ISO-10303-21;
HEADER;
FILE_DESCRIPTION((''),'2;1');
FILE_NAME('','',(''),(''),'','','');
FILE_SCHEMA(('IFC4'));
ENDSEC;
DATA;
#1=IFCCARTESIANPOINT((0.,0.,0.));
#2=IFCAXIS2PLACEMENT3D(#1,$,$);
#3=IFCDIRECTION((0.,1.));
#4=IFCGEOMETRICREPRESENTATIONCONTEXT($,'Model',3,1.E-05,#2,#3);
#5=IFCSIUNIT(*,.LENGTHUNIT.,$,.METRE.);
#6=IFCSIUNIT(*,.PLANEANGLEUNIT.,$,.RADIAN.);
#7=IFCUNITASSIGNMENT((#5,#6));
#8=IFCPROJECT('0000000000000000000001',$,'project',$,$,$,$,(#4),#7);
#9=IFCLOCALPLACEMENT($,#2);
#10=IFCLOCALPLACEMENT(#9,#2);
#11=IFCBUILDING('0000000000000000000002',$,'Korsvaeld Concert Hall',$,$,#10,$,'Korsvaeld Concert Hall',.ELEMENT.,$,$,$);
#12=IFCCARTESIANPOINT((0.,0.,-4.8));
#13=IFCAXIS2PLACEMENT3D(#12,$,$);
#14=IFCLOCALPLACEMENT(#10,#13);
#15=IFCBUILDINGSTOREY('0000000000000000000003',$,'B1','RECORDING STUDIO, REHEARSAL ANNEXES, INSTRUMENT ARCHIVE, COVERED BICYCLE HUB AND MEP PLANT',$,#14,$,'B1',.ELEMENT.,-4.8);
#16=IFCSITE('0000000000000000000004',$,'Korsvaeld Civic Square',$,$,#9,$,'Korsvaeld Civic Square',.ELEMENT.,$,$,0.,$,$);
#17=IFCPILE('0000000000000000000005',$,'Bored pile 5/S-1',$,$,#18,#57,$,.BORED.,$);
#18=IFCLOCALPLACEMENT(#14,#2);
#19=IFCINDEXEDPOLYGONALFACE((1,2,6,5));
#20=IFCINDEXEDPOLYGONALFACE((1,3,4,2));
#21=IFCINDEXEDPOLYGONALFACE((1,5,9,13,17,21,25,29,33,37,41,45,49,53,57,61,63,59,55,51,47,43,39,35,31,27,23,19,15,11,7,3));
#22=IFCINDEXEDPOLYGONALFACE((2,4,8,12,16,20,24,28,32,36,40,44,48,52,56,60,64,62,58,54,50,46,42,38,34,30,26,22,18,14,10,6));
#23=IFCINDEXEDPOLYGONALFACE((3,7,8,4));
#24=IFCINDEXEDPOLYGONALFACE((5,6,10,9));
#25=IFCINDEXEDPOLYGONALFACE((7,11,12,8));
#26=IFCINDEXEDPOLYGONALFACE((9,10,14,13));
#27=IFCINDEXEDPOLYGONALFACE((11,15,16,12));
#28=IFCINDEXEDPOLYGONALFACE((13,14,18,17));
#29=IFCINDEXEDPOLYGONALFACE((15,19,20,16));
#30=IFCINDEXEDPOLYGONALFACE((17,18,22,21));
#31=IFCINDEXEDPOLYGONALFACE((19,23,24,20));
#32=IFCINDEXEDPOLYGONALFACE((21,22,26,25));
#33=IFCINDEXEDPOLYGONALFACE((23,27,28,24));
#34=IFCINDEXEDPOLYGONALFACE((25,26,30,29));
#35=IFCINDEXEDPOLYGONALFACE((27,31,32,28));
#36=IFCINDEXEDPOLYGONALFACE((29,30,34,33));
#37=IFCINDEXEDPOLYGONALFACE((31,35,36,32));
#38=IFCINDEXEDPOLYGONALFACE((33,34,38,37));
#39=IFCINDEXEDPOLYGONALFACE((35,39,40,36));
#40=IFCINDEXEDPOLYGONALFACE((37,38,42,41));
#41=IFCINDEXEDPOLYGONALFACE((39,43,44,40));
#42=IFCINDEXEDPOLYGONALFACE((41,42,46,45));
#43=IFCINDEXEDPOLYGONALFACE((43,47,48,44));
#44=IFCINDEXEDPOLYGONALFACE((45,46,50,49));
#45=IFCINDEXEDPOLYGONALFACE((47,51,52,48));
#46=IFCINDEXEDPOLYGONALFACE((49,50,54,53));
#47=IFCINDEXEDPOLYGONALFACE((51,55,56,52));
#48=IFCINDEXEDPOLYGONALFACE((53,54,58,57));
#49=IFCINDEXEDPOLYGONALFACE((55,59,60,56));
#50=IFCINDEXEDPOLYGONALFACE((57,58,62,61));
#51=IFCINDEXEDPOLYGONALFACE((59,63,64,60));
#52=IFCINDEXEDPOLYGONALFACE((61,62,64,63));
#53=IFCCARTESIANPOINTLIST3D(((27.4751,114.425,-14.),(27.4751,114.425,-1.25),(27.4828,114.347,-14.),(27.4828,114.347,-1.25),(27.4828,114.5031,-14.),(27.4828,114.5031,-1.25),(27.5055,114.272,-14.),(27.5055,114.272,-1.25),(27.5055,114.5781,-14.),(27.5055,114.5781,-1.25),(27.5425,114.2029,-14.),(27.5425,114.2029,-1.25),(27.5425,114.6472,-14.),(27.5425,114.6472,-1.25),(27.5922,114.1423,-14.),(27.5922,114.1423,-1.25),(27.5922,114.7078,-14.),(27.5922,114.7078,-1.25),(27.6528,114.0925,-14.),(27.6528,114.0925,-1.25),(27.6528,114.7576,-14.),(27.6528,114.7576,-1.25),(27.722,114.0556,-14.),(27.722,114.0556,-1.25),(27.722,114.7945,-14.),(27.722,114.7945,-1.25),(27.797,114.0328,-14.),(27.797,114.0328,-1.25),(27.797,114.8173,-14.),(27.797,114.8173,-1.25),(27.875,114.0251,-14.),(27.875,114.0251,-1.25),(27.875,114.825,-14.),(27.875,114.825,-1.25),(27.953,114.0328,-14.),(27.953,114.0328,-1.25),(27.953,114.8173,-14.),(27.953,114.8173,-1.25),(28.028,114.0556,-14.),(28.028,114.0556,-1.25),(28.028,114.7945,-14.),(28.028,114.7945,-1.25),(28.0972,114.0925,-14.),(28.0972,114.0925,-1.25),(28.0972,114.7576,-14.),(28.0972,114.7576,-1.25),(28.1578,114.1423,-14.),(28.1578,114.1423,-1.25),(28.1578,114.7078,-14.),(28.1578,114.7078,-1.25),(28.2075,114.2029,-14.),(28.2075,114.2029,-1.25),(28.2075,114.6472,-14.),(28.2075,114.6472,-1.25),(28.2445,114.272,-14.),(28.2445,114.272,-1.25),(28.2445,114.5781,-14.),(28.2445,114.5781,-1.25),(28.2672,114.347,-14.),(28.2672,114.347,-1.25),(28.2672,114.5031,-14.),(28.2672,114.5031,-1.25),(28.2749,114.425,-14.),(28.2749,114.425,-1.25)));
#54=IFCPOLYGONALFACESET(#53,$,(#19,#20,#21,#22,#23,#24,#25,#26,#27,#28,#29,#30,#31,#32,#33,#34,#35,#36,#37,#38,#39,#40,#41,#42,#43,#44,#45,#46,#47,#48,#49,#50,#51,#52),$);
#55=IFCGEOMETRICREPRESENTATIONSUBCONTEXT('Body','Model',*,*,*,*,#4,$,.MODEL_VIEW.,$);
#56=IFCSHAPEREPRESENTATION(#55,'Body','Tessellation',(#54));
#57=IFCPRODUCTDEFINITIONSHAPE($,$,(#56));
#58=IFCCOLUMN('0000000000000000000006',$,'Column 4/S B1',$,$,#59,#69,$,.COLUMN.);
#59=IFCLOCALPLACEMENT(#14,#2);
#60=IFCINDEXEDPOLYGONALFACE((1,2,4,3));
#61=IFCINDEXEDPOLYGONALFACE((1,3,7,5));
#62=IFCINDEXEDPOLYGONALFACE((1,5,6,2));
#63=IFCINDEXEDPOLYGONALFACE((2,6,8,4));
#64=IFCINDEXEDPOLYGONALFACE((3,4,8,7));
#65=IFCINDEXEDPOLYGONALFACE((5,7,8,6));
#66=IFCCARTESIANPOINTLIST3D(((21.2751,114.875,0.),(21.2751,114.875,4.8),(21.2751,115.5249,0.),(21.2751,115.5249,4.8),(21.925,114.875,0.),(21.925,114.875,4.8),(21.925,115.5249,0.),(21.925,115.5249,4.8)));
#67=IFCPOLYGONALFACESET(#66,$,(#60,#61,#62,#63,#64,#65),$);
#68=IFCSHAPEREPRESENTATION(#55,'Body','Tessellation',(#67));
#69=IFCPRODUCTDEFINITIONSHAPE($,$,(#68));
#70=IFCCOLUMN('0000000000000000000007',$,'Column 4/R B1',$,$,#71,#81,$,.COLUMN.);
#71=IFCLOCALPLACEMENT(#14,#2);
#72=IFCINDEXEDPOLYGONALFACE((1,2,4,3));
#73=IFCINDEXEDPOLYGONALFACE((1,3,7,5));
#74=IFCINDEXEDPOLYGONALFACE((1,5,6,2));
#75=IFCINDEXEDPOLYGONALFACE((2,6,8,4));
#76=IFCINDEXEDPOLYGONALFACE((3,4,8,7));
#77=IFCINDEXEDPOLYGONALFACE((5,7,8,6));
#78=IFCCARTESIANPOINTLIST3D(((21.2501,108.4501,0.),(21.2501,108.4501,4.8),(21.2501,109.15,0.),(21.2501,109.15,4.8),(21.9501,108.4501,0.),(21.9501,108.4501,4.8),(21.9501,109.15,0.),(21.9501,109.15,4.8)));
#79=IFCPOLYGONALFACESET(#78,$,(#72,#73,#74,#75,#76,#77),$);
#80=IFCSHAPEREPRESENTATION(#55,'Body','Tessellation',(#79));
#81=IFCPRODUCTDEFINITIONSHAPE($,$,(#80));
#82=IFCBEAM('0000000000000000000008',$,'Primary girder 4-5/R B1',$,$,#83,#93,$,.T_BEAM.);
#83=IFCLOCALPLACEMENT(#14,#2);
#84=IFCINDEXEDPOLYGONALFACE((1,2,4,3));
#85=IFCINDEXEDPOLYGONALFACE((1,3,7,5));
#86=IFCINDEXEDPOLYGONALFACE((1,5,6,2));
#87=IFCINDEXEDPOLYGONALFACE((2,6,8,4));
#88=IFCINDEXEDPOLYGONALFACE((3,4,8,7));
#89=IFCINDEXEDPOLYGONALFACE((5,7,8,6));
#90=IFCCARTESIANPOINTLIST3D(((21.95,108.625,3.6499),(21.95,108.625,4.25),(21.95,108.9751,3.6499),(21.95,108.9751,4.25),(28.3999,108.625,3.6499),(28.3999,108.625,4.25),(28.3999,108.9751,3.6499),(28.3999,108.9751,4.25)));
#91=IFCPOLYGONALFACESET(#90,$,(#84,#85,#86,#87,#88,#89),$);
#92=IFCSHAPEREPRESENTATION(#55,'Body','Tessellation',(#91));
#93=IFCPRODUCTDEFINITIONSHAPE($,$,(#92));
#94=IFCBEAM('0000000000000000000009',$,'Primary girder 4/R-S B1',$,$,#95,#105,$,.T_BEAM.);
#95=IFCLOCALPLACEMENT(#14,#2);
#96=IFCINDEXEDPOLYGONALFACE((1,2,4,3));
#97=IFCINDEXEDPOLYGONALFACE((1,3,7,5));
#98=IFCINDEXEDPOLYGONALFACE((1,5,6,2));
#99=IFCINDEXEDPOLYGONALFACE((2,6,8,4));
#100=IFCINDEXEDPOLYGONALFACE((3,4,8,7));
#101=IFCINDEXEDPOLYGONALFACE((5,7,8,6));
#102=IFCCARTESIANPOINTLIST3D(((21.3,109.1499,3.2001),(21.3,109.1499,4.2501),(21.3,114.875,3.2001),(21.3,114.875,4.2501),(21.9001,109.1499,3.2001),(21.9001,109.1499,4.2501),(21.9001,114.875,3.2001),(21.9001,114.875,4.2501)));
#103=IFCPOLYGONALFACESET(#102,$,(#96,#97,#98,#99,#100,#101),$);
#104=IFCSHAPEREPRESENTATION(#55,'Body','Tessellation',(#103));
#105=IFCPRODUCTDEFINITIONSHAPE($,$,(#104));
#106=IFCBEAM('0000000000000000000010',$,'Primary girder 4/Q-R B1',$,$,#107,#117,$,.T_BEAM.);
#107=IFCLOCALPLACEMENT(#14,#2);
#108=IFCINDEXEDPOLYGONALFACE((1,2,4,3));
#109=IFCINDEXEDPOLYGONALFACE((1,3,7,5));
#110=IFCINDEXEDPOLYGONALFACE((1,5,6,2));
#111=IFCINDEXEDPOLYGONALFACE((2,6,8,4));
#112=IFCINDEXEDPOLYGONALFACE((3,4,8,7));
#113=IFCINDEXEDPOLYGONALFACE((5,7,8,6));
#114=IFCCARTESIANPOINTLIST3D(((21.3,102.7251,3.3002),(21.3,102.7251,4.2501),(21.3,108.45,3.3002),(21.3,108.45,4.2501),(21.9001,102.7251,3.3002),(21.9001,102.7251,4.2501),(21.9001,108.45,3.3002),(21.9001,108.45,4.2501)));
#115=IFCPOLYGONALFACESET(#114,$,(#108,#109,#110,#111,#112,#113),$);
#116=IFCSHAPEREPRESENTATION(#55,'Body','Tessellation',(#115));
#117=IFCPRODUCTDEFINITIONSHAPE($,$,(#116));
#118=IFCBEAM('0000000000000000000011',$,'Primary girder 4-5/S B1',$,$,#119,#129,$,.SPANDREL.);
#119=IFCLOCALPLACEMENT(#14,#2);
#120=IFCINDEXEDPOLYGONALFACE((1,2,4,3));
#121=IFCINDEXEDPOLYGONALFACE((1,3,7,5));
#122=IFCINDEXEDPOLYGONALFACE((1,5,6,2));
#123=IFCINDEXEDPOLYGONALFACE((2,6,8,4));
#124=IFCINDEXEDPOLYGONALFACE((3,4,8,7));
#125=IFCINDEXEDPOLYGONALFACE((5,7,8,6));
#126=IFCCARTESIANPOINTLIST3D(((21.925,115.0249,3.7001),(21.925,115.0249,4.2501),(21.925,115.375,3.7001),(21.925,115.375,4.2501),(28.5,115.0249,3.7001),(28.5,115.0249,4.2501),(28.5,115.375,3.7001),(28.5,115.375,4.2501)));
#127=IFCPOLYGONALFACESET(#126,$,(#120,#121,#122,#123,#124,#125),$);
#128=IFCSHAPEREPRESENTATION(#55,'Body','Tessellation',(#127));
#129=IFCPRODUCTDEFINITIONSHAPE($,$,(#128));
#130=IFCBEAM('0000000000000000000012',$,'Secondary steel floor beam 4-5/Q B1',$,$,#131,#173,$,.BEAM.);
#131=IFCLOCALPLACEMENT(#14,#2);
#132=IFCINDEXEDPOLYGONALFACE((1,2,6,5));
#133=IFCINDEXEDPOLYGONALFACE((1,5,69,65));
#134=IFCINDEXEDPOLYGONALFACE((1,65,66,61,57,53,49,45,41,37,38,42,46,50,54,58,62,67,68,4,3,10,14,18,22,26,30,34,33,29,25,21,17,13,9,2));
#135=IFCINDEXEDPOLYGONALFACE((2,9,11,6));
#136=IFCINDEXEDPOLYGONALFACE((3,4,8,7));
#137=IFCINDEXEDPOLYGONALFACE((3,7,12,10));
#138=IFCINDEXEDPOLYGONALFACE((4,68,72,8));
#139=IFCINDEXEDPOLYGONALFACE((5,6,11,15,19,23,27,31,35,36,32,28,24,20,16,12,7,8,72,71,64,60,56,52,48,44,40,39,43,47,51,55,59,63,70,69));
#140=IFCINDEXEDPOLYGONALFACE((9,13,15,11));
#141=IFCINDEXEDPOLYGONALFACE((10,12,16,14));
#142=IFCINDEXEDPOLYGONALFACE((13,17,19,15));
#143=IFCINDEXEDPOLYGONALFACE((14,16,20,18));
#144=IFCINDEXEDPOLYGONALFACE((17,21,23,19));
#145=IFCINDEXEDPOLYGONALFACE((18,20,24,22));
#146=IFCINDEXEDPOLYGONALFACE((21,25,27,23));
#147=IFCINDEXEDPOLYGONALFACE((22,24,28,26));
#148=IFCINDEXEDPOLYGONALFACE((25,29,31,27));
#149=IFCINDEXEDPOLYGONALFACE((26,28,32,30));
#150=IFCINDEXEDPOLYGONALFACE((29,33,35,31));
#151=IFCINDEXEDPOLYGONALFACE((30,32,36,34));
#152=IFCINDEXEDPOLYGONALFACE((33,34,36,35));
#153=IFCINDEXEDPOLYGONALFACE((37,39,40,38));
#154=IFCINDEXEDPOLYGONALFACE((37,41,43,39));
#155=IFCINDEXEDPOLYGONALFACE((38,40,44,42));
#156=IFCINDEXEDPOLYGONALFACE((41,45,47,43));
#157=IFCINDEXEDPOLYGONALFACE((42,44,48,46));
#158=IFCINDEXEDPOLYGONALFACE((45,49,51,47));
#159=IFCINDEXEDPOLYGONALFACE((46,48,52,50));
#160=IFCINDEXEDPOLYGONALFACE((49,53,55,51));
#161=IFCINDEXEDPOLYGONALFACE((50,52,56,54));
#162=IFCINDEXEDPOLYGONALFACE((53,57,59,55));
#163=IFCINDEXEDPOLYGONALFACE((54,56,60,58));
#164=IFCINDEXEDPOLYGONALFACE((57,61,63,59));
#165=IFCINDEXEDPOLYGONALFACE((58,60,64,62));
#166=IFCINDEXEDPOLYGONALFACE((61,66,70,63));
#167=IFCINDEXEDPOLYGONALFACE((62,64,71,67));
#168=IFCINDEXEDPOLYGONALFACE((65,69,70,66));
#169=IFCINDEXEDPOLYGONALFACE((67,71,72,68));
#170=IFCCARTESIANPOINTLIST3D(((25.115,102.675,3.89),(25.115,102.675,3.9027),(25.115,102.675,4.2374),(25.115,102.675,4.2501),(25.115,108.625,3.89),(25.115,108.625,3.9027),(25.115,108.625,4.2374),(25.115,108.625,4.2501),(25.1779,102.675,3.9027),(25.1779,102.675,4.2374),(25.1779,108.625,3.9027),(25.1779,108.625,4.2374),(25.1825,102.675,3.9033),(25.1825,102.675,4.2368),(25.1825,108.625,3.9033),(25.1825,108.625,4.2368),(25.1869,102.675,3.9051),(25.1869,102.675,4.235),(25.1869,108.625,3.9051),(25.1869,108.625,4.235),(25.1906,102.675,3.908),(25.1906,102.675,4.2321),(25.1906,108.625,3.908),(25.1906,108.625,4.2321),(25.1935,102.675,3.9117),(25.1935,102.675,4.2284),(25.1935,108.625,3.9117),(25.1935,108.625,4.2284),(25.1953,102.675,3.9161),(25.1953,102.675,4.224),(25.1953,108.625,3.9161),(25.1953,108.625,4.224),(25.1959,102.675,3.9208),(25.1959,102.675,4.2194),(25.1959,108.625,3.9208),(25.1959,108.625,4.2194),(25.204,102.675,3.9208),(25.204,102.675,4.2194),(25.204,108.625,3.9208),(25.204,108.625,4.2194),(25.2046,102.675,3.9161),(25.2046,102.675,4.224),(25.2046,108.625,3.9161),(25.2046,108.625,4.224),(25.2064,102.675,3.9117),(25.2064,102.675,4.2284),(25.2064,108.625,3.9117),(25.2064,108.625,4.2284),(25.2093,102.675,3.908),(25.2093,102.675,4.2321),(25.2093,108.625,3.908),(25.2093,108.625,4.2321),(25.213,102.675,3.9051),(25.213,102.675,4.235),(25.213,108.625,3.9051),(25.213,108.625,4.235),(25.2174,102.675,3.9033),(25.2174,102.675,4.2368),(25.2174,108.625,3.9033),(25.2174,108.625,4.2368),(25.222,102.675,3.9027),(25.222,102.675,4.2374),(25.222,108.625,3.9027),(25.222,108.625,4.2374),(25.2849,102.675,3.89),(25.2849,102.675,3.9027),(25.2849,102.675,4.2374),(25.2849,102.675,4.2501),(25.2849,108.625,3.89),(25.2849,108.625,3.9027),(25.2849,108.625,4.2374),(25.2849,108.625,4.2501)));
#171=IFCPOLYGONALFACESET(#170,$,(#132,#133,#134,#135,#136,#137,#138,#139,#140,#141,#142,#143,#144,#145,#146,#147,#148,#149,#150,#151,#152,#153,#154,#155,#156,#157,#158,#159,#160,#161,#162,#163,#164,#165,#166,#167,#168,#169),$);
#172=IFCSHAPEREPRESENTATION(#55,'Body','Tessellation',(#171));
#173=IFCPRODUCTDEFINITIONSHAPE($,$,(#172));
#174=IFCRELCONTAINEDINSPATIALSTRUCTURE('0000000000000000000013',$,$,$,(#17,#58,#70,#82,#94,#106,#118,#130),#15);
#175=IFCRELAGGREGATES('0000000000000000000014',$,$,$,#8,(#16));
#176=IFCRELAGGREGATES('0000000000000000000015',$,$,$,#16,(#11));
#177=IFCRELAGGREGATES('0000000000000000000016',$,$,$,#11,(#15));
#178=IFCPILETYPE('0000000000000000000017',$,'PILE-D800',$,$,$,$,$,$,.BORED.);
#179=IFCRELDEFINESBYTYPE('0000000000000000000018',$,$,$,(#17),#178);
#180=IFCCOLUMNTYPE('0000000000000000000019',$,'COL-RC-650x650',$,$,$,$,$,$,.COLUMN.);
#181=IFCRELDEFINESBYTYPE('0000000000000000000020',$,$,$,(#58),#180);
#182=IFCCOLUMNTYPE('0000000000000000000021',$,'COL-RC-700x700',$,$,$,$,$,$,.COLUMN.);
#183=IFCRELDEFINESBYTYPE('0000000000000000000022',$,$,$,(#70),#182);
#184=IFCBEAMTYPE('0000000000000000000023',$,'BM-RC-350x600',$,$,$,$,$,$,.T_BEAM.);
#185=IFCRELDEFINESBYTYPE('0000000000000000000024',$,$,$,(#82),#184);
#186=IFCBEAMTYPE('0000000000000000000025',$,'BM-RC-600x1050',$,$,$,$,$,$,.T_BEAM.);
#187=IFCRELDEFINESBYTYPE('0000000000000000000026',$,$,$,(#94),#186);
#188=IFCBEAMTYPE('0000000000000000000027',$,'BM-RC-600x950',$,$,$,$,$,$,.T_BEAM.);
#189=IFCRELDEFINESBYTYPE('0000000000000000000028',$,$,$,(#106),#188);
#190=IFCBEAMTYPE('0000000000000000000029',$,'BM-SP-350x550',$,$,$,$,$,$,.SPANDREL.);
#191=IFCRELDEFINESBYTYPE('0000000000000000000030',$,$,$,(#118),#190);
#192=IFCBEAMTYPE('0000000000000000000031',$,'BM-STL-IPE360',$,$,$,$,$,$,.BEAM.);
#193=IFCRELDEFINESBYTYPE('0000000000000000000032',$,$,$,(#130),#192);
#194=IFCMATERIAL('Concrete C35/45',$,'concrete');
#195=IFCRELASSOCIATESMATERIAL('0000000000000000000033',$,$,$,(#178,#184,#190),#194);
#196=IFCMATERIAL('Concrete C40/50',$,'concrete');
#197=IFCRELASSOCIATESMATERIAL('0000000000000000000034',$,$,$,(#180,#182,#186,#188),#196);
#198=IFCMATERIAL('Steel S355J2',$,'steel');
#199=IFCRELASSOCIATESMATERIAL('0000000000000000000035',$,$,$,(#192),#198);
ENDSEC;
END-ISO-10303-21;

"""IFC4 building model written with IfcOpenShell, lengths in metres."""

from ifc_helpers import new_model, si_unit, direction, frame, origin, origin_2d, place, context, subcontext, project, spatial, rectangle, circle, i_section, extrude, material, material_profile, profile_set, type_object, element, save


model = new_model("IFC4")

# Units and contexts
model_context = context("Model", 3, precision=1e-05, world=origin(), true_north=direction((0.0, 1.0)))
body_context = subcontext(model_context, "Body", "Model", "MODEL_VIEW")
ifc_project = project(units=[si_unit("LENGTHUNIT", "METRE"), si_unit("PLANEANGLEUNIT", "RADIAN")], contexts=[model_context])

# Site, building, storey
site_placement = place(None, origin())
site = spatial("IfcSite", under=ifc_project, at=site_placement, Name="Korsvaeld Civic Square", LongName="Korsvaeld Civic Square", CompositionType="ELEMENT", RefElevation=0.0)
building_placement = place(site_placement, origin())
building = spatial("IfcBuilding", under=site, at=building_placement, Name="Korsvaeld Concert Hall", LongName="Korsvaeld Concert Hall", CompositionType="ELEMENT")
storey_placement = place(building_placement, frame((0.0, 0.0, -4.8)))
storey = spatial("IfcBuildingStorey", under=building, at=storey_placement, Name="B1", Description="RECORDING STUDIO, REHEARSAL ANNEXES, INSTRUMENT ARCHIVE, COVERED BICYCLE HUB AND MEP PLANT", LongName="B1", CompositionType="ELEMENT", Elevation=-4.8)

# Shared definitions
ifc_material_1 = material(Name="Concrete C35/45", Category="concrete")

# Pile
ifc_material_profile_1 = material_profile(ifc_material_1, circle(Radius=0.3999, at=origin_2d()), Name="BORED PILE D800")
ifc_profile_set_1 = profile_set([ifc_material_profile_1], Name="Concrete C35/45")
pile_type_1 = type_object("IfcPileType", Name="PILE-D800", PredefinedType="BORED", material=ifc_profile_set_1)
pile_placement = place(storey_placement, frame((27.875, 114.425, -1.25), z_axis=(0.0, 0.0, -1.0), x_axis=(1.0, 0.0, 0.0)))
element("IfcPile", 1, at=pile_placement, inside=storey, type_object=pile_type_1, Name="Bored pile 5/S-1", PredefinedType="BORED", context=body_context, shape_type="SweptSolid", body=[
    extrude(circle(Radius=0.3999, at=origin_2d()), origin(), (0.0, 0.0, 1.0), 12.75),
])

# Columns
ifc_material_2 = material(Name="Concrete C40/50", Category="concrete")
ifc_material_profile_2 = material_profile(ifc_material_2, rectangle(XDim=0.6499, YDim=0.6499, at=origin_2d()), Name="RC 650x650")
ifc_profile_set_2 = profile_set([ifc_material_profile_2], Name="Concrete C40/50")
column_type_1 = type_object("IfcColumnType", Name="COL-RC-650x650", PredefinedType="COLUMN", material=ifc_profile_set_2)
column_1_placement = place(storey_placement, frame((21.6001, 115.2, 0.0), z_axis=(0.0, 0.0, 1.0), x_axis=(1.0, 0.0, 0.0)))
element("IfcColumn", 2, at=column_1_placement, inside=storey, type_object=column_type_1, Name="Column 4/S B1", PredefinedType="COLUMN", context=body_context, shape_type="SweptSolid", body=[
    extrude(rectangle(XDim=0.6499, YDim=0.6499, at=origin_2d()), origin(), (0.0, 0.0, 1.0), 4.8),
])
ifc_material_profile_3 = material_profile(ifc_material_2, rectangle(XDim=0.7, YDim=0.7, at=origin_2d()), Name="RC 700x700")
ifc_profile_set_3 = profile_set([ifc_material_profile_3], Name="Concrete C40/50")
column_type_2 = type_object("IfcColumnType", Name="COL-RC-700x700", PredefinedType="COLUMN", material=ifc_profile_set_3)
column_2_placement = place(storey_placement, frame((21.6001, 108.8, 0.0), z_axis=(0.0, 0.0, 1.0), x_axis=(1.0, 0.0, 0.0)))
element("IfcColumn", 3, at=column_2_placement, inside=storey, type_object=column_type_2, Name="Column 4/R B1", PredefinedType="COLUMN", context=body_context, shape_type="SweptSolid", body=[
    extrude(rectangle(XDim=0.7, YDim=0.7, at=origin_2d()), origin(), (0.0, 0.0, 1.0), 4.8),
])

# Beams
ifc_material_profile_4 = material_profile(ifc_material_1, rectangle(XDim=0.3501, YDim=0.6001, at=origin_2d()), Name="RC 350x600")
ifc_profile_set_4 = profile_set([ifc_material_profile_4], Name="Concrete C35/45")
beam_type_1 = type_object("IfcBeamType", Name="BM-RC-350x600", PredefinedType="T_BEAM", material=ifc_profile_set_4)
beam_1_placement = place(storey_placement, frame((21.95, 108.8, 3.95), z_axis=(1.0, 0.0, 0.0), x_axis=(0.0, 1.0, 0.0)))
element("IfcBeam", 4, at=beam_1_placement, inside=storey, type_object=beam_type_1, Name="Primary girder 4-5/R B1", PredefinedType="T_BEAM", context=body_context, shape_type="SweptSolid", body=[
    extrude(rectangle(XDim=0.3501, YDim=0.6001, at=origin_2d()), origin(), (0.0, 0.0, 1.0), 6.45),
])
ifc_material_profile_5 = material_profile(ifc_material_2, rectangle(XDim=0.6001, YDim=1.05, at=origin_2d()), Name="RC 600x1050")
ifc_profile_set_5 = profile_set([ifc_material_profile_5], Name="Concrete C40/50")
beam_type_2 = type_object("IfcBeamType", Name="BM-RC-600x1050", PredefinedType="T_BEAM", material=ifc_profile_set_5)
beam_2_placement = place(storey_placement, frame((21.6001, 109.1499, 3.7251), z_axis=(0.0, 1.0, 0.0), x_axis=(-1.0, 0.0, 0.0)))
element("IfcBeam", 5, at=beam_2_placement, inside=storey, type_object=beam_type_2, Name="Primary girder 4/R-S B1", PredefinedType="T_BEAM", context=body_context, shape_type="SweptSolid", body=[
    extrude(rectangle(XDim=0.6001, YDim=1.05, at=origin_2d()), origin(), (0.0, 0.0, 1.0), 5.7251),
])
ifc_material_profile_6 = material_profile(ifc_material_2, rectangle(XDim=0.6001, YDim=0.95, at=origin_2d()), Name="RC 600x950")
ifc_profile_set_6 = profile_set([ifc_material_profile_6], Name="Concrete C40/50")
beam_type_3 = type_object("IfcBeamType", Name="BM-RC-600x950", PredefinedType="T_BEAM", material=ifc_profile_set_6)
beam_3_placement = place(storey_placement, frame((21.6001, 102.7251, 3.7751), z_axis=(0.0, 1.0, 0.0), x_axis=(-1.0, 0.0, 0.0)))
element("IfcBeam", 6, at=beam_3_placement, inside=storey, type_object=beam_type_3, Name="Primary girder 4/Q-R B1", PredefinedType="T_BEAM", context=body_context, shape_type="SweptSolid", body=[
    extrude(rectangle(XDim=0.6001, YDim=0.95, at=origin_2d()), origin(), (0.0, 0.0, 1.0), 5.7249),
])
ifc_material_profile_7 = material_profile(ifc_material_1, rectangle(XDim=0.3501, YDim=0.55, at=origin_2d()), Name="RC 350x550")
ifc_profile_set_7 = profile_set([ifc_material_profile_7], Name="Concrete C35/45")
beam_type_4 = type_object("IfcBeamType", Name="BM-SP-350x550", PredefinedType="SPANDREL", material=ifc_profile_set_7)
beam_4_placement = place(storey_placement, frame((21.925, 115.2, 3.9751), z_axis=(1.0, 0.0, 0.0), x_axis=(0.0, 1.0, 0.0)))
element("IfcBeam", 7, at=beam_4_placement, inside=storey, type_object=beam_type_4, Name="Primary girder 4-5/S B1", PredefinedType="SPANDREL", context=body_context, shape_type="SweptSolid", body=[
    extrude(rectangle(XDim=0.3501, YDim=0.55, at=origin_2d()), origin(), (0.0, 0.0, 1.0), 6.575),
])
ifc_material_3 = material(Name="Steel S355J2", Category="steel")
ifc_material_profile_8 = material_profile(ifc_material_3, i_section(OverallWidth=0.1699, OverallDepth=0.3601, WebThickness=0.0081, FlangeThickness=0.0127, FilletRadius=0.0181, at=origin_2d()), Name="IPE 360")
ifc_profile_set_8 = profile_set([ifc_material_profile_8], Name="Steel S355J2")
beam_type_5 = type_object("IfcBeamType", Name="BM-STL-IPE360", PredefinedType="BEAM", material=ifc_profile_set_8)
beam_5_placement = place(storey_placement, frame((25.2, 102.675, 4.0701), z_axis=(0.0, 1.0, 0.0), x_axis=(-1.0, 0.0, 0.0)))
element("IfcBeam", 8, at=beam_5_placement, inside=storey, type_object=beam_type_5, Name="Secondary steel floor beam 4-5/Q B1", PredefinedType="BEAM", context=body_context, shape_type="SweptSolid", body=[
    extrude(i_section(OverallWidth=0.1699, OverallDepth=0.3601, WebThickness=0.0081, FlangeThickness=0.0127, FilletRadius=0.0181, at=origin_2d()), origin(), (0.0, 0.0, 1.0), 5.95),
])

save(model, "model.ifc")
